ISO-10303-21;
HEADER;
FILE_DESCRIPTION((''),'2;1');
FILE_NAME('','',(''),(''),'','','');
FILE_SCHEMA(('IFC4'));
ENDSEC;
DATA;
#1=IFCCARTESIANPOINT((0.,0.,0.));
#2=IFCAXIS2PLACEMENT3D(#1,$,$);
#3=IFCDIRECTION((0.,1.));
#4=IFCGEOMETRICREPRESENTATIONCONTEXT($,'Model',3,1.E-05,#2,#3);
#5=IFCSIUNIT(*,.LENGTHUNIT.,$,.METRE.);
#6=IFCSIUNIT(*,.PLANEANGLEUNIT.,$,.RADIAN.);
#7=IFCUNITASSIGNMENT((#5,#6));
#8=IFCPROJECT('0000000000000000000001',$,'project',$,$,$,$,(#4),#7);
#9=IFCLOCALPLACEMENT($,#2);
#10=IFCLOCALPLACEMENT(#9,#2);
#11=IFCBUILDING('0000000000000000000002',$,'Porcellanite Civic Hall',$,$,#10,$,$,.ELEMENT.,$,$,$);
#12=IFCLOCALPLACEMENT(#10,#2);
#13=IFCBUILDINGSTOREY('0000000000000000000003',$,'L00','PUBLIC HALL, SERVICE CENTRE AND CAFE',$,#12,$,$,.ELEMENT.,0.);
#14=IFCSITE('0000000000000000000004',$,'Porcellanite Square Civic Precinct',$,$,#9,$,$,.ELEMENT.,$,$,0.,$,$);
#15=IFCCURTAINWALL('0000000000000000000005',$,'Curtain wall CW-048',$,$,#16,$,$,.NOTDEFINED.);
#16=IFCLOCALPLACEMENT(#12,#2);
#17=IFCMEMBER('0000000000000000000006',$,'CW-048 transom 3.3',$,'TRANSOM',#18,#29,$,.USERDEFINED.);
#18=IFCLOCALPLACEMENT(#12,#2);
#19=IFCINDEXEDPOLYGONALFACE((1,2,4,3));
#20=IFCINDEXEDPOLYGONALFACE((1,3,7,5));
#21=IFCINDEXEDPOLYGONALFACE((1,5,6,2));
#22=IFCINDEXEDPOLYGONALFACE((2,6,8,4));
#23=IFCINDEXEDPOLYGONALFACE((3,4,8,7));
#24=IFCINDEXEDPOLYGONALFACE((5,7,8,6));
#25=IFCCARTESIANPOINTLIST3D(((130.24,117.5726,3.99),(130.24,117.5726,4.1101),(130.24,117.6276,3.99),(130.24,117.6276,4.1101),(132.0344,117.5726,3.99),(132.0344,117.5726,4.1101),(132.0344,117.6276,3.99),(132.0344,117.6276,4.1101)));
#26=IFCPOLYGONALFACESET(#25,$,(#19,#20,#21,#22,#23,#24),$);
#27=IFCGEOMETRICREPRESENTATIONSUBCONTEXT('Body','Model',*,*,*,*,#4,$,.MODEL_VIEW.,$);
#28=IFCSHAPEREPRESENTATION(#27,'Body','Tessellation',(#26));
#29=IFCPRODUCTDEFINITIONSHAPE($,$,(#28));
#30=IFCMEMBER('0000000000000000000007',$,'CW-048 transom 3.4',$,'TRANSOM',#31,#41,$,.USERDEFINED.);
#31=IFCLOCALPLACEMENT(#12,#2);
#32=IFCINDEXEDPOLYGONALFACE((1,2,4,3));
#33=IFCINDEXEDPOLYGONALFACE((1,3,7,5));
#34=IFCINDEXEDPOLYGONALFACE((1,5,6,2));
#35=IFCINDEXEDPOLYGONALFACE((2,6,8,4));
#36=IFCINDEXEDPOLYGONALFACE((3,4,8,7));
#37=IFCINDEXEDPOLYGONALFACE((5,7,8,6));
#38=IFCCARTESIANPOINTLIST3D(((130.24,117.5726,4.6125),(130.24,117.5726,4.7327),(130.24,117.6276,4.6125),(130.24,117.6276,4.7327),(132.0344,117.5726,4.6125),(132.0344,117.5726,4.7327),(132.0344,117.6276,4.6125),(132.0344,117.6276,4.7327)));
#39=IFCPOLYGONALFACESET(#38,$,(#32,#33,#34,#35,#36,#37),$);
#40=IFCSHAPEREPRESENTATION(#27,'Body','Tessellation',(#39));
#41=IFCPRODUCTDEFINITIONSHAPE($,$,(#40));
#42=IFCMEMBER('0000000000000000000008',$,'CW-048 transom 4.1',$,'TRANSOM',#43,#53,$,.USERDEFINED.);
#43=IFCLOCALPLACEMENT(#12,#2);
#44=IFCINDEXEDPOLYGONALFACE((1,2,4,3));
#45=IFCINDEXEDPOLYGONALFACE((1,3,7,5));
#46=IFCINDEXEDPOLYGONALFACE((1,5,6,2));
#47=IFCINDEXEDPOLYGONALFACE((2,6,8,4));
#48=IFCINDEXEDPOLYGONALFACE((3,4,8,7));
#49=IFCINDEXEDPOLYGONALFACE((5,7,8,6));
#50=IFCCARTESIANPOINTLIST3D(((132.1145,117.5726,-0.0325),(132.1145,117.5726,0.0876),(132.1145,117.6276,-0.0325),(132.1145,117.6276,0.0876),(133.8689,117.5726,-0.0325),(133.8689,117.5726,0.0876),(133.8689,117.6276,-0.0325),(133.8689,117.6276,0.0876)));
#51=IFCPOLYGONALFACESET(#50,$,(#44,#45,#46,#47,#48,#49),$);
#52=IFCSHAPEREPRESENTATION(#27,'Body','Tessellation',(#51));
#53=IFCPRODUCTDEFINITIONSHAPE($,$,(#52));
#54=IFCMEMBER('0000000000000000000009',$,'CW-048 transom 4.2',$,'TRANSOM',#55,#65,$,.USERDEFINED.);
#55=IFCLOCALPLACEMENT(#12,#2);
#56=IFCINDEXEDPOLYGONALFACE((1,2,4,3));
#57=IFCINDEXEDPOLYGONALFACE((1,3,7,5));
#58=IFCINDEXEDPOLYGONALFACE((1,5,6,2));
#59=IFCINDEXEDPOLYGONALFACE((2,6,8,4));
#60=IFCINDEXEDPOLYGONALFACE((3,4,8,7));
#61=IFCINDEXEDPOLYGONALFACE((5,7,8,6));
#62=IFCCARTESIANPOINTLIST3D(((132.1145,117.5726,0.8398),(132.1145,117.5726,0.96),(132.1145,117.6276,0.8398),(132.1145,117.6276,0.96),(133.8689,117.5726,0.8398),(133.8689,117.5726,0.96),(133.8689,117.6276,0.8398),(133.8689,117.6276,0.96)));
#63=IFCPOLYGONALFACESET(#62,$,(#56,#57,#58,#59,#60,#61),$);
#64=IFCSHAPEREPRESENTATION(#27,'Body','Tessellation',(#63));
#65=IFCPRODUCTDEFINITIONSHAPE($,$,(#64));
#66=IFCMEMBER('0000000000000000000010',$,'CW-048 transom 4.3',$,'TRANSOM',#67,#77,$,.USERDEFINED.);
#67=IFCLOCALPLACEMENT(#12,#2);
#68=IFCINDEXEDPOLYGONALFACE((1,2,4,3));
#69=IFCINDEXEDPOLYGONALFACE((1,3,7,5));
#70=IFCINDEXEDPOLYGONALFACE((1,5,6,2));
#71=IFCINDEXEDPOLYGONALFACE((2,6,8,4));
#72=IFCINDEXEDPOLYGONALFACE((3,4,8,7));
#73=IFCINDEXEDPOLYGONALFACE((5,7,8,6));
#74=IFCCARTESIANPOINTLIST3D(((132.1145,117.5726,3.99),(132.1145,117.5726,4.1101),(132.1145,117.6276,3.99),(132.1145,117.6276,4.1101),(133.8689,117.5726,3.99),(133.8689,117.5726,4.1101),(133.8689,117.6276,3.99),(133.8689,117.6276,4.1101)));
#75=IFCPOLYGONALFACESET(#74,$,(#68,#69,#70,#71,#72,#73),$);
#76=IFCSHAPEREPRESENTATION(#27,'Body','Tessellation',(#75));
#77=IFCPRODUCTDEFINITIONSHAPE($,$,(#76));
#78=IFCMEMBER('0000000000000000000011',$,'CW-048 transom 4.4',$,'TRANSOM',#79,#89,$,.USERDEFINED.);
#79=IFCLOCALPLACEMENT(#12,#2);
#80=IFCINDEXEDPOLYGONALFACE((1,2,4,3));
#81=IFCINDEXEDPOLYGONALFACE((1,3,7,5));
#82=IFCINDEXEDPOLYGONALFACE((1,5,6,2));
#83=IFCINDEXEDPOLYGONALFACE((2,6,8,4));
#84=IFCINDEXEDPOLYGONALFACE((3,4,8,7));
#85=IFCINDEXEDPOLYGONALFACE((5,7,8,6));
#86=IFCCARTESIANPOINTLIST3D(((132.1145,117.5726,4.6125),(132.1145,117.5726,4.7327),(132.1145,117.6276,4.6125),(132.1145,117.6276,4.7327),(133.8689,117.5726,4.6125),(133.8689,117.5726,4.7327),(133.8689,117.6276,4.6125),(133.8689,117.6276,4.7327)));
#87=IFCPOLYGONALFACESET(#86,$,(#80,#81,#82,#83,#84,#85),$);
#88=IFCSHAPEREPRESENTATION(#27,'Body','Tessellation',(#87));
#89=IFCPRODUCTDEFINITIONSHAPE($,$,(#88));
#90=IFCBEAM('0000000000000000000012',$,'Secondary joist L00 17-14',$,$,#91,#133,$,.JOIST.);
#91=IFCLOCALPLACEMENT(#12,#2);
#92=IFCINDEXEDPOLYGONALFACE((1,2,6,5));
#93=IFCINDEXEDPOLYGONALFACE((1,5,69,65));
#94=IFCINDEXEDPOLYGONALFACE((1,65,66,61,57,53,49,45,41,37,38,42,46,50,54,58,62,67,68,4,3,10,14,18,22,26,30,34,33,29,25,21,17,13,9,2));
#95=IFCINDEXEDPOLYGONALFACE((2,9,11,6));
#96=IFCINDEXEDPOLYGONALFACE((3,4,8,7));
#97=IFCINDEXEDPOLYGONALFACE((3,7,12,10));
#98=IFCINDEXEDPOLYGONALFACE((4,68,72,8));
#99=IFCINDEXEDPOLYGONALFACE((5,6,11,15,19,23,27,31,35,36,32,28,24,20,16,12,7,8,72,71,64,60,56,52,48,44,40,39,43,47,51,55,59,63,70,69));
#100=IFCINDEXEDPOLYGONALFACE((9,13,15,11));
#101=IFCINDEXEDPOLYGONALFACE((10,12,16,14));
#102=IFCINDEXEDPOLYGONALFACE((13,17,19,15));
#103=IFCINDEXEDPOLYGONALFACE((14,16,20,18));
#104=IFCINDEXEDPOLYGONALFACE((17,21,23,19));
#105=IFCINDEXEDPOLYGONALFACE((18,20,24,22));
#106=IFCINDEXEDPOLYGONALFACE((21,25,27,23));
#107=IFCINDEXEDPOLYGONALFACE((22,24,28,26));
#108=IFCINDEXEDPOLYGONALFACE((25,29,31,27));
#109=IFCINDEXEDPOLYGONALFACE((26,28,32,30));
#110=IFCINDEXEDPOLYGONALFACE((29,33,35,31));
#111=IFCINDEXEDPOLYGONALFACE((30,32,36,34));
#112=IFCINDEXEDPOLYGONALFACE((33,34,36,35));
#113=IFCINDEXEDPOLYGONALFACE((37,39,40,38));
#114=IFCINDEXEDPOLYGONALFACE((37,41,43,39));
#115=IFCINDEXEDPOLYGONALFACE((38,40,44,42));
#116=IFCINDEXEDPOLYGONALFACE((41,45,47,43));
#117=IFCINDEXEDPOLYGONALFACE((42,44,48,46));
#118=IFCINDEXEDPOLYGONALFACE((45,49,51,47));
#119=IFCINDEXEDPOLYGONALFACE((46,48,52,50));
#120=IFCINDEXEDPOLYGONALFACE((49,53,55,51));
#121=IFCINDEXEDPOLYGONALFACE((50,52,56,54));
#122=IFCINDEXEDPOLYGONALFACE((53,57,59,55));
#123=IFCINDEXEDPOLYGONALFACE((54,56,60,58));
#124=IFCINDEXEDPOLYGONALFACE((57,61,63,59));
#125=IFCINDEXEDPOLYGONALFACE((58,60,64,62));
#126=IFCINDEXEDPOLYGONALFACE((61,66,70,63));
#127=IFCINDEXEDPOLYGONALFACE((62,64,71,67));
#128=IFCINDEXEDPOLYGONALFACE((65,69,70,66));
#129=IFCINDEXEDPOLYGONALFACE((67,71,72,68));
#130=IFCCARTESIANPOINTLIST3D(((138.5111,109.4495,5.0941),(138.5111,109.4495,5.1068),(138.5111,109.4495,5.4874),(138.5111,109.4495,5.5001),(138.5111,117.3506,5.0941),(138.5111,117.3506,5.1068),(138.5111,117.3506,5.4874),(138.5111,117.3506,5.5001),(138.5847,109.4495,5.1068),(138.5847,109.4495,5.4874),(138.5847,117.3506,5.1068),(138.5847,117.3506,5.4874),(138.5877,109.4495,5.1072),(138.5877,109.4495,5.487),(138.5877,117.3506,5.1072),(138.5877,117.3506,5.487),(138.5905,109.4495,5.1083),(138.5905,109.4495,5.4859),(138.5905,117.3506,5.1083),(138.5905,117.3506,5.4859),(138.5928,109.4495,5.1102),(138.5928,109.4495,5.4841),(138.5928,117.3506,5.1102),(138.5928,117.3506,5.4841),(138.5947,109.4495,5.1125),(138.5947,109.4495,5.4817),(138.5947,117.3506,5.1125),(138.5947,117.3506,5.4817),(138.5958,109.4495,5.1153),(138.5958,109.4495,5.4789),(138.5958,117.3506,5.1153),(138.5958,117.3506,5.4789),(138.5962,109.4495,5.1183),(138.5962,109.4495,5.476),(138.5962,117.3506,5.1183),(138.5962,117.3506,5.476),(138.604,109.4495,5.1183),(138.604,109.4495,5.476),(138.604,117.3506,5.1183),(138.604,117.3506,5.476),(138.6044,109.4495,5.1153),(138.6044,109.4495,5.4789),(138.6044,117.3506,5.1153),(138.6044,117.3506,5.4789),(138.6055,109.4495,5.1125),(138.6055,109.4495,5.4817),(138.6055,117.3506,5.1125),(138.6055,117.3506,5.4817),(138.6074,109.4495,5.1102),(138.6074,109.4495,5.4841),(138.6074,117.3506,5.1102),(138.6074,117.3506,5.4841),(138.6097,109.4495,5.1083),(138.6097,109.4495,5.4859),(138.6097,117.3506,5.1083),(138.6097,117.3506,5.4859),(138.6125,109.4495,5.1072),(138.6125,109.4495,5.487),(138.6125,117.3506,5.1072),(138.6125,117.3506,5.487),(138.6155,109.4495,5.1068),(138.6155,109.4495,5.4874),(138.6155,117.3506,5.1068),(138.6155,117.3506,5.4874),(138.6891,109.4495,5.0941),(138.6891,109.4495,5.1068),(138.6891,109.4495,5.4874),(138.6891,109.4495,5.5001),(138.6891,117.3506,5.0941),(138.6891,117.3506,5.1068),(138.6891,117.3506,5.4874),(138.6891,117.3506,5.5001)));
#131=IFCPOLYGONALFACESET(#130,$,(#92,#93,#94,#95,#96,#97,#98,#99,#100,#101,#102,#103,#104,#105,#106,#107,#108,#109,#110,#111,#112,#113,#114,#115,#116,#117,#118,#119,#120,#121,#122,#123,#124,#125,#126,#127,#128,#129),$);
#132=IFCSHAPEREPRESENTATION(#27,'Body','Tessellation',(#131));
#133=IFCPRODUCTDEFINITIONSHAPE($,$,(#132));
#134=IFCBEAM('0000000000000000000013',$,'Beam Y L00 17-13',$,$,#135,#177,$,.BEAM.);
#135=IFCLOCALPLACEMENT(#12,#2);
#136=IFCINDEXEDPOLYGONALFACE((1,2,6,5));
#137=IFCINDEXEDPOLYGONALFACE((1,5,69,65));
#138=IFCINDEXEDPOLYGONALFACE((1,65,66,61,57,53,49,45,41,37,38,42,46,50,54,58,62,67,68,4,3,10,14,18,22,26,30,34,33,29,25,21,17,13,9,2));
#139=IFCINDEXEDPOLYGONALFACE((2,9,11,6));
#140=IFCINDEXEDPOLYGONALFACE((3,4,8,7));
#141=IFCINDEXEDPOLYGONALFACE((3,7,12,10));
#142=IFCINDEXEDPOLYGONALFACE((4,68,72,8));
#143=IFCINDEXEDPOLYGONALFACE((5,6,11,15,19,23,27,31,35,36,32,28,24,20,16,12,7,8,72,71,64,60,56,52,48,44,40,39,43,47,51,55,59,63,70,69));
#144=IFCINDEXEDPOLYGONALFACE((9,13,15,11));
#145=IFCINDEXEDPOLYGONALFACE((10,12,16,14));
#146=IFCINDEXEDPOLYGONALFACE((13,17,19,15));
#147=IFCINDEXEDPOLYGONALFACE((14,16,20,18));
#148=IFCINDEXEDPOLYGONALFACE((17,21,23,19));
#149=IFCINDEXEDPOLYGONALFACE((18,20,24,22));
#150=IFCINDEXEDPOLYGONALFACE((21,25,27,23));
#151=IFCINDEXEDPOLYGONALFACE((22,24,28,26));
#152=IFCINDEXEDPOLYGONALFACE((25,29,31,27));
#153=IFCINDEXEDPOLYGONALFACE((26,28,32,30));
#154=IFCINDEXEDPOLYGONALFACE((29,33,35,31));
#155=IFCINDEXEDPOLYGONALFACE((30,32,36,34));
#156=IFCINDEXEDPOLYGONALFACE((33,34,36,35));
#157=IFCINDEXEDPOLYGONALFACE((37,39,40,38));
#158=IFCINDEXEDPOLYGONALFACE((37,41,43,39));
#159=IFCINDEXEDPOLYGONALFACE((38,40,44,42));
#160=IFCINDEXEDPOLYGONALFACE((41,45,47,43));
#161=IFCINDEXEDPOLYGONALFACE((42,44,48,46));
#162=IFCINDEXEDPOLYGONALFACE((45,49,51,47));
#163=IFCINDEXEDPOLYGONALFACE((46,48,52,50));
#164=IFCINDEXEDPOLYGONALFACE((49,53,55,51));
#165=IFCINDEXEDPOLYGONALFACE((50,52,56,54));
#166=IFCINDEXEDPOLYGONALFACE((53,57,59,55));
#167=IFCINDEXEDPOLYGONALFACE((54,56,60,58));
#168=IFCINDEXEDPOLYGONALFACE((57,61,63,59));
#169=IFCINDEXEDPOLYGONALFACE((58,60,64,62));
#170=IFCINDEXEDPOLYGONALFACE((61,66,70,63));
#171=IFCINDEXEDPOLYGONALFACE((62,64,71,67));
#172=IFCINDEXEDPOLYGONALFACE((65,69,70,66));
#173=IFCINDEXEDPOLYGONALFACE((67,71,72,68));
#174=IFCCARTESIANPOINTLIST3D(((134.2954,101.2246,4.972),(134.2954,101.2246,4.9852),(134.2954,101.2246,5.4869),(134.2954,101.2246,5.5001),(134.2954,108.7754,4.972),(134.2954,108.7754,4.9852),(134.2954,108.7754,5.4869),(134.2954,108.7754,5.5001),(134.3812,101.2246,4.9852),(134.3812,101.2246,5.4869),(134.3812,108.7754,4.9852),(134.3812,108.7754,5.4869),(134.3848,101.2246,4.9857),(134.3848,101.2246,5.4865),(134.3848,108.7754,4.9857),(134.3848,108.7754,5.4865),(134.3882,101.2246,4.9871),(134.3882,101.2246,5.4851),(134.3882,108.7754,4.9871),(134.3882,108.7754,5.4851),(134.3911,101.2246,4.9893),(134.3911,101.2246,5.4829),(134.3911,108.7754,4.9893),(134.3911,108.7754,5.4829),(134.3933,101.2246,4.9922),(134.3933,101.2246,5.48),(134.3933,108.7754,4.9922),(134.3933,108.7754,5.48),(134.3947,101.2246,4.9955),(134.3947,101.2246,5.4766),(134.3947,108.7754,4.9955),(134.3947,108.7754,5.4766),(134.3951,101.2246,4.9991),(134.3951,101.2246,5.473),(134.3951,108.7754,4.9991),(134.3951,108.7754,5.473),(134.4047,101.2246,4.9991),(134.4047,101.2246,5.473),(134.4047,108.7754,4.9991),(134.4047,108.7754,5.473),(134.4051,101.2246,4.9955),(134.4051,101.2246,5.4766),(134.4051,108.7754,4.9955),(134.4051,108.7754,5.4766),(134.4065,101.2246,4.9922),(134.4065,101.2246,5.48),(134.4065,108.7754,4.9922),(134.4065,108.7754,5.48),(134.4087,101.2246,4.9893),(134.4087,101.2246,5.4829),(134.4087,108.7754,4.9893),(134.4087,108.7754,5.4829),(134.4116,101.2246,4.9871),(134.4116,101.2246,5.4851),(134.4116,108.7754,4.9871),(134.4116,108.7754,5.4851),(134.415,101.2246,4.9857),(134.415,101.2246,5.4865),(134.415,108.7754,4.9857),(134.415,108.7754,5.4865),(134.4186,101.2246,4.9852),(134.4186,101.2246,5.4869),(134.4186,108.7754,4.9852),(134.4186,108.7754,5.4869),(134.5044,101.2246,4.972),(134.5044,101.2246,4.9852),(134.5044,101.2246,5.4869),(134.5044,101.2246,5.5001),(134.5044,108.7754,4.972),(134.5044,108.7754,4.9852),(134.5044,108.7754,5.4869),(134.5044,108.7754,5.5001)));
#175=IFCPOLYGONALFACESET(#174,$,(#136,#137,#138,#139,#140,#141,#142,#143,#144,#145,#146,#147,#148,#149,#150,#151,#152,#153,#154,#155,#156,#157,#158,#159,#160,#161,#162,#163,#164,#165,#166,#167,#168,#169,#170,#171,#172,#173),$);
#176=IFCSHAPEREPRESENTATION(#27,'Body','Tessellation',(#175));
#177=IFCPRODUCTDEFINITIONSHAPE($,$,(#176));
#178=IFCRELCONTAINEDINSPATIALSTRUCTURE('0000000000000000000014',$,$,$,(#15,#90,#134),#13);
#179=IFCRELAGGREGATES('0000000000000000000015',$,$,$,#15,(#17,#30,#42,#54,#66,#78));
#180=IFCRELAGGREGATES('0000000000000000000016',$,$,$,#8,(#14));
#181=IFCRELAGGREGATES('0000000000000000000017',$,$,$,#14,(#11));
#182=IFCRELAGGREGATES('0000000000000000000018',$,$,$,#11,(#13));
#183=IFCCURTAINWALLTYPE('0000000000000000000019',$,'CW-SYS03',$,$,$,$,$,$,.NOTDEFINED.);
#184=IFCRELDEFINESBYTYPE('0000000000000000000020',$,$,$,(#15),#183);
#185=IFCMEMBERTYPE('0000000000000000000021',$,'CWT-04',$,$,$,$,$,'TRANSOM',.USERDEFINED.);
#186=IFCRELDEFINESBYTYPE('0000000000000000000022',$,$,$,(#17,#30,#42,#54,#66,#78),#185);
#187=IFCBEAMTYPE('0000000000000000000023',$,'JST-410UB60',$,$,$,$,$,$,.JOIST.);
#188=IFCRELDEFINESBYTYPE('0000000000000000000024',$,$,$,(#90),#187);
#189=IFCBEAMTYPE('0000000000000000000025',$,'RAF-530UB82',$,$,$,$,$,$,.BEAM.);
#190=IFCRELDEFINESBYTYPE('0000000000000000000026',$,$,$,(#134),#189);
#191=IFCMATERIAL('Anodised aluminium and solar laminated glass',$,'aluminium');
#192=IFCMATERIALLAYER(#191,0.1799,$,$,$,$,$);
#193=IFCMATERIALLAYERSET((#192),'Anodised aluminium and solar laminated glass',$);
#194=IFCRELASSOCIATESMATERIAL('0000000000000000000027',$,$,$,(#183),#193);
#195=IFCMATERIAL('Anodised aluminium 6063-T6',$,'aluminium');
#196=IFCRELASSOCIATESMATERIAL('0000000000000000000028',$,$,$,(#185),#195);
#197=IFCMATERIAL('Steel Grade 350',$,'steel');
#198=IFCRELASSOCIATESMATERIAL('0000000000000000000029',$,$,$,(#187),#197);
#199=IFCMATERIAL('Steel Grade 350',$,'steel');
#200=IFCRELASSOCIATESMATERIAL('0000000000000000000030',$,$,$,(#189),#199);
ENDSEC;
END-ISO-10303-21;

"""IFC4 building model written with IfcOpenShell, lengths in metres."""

from ifc_helpers import new_model, si_unit, direction, frame, origin, origin_2d, place, context, subcontext, project, spatial, rectangle, i_section, extrude, material, layer, layer_set, material_profile, profile_set, type_object, element, aggregate, save


model = new_model("IFC4")

# Units and contexts
model_context = context("Model", 3, precision=1e-05, world=origin(), true_north=direction((0.0, 1.0)))
body_context = subcontext(model_context, "Body", "Model", "MODEL_VIEW")
ifc_project = project(units=[si_unit("LENGTHUNIT", "METRE"), si_unit("PLANEANGLEUNIT", "RADIAN")], contexts=[model_context])

# Site, building, storey
site_placement = place(None, origin())
site = spatial("IfcSite", under=ifc_project, at=site_placement, Name="Porcellanite Square Civic Precinct", CompositionType="ELEMENT", RefElevation=0.0)
building_placement = place(site_placement, origin())
building = spatial("IfcBuilding", under=site, at=building_placement, Name="Porcellanite Civic Hall", CompositionType="ELEMENT")
storey_placement = place(building_placement, origin())
storey = spatial("IfcBuildingStorey", under=building, at=storey_placement, Name="L00", Description="PUBLIC HALL, SERVICE CENTRE AND CAFE", CompositionType="ELEMENT", Elevation=0.0)

# Curtain wall, members
ifc_material_1 = material(Name="Anodised aluminium and solar laminated glass", Category="aluminium")
ifc_layer_1 = layer(ifc_material_1, 0.1799)
ifc_layer_set_1 = layer_set([ifc_layer_1], Name="Anodised aluminium and solar laminated glass")
curtain_wall_type = type_object("IfcCurtainWallType", Name="CW-SYS03", PredefinedType="NOTDEFINED", material=ifc_layer_set_1)
curtain_wall_placement = place(storey_placement, origin())
curtain_wall = element("IfcCurtainWall", 1, at=curtain_wall_placement, inside=storey, type_object=curtain_wall_type, Name="Curtain wall CW-048", PredefinedType="NOTDEFINED")
ifc_material_2 = material(Name="Anodised aluminium 6063-T6", Category="aluminium")
ifc_material_profile_1 = material_profile(ifc_material_2, rectangle(XDim=0.0549, YDim=0.1201, at=origin_2d()), Name="AL-55x120")
ifc_profile_set_1 = profile_set([ifc_material_profile_1], Name="Anodised aluminium 6063-T6")
member_type_1 = type_object("IfcMemberType", Name="CWT-04", ElementType="TRANSOM", PredefinedType="USERDEFINED", material=ifc_profile_set_1)
member_1_placement = place(storey_placement, frame((130.24, 117.6001, 4.05), z_axis=(1.0, 0.0, 0.0), x_axis=(0.0, 1.0, 0.0)))
member_1 = element("IfcMember", 2, at=member_1_placement, type_object=member_type_1, Name="CW-048 transom 3.3", ObjectType="TRANSOM", PredefinedType="USERDEFINED", context=body_context, shape_type="SweptSolid", body=[
    extrude(rectangle(XDim=0.0549, YDim=0.1201, at=origin_2d()), origin(), (0.0, 0.0, 1.0), 1.7944),
])
member_2_placement = place(storey_placement, frame((130.24, 117.6001, 4.6726), z_axis=(1.0, 0.0, 0.0), x_axis=(0.0, 1.0, 0.0)))
member_2 = element("IfcMember", 3, at=member_2_placement, type_object=member_type_1, Name="CW-048 transom 3.4", ObjectType="TRANSOM", PredefinedType="USERDEFINED", context=body_context, shape_type="SweptSolid", body=[
    extrude(rectangle(XDim=0.0549, YDim=0.1201, at=origin_2d()), origin(), (0.0, 0.0, 1.0), 1.7944),
])
member_3_placement = place(storey_placement, frame((132.1145, 117.6001, 0.0276), z_axis=(1.0, 0.0, 0.0), x_axis=(0.0, 1.0, 0.0)))
member_3 = element("IfcMember", 4, at=member_3_placement, type_object=member_type_1, Name="CW-048 transom 4.1", ObjectType="TRANSOM", PredefinedType="USERDEFINED", context=body_context, shape_type="SweptSolid", body=[
    extrude(rectangle(XDim=0.0549, YDim=0.1201, at=origin_2d()), origin(), (0.0, 0.0, 1.0), 1.7544),
])
member_4_placement = place(storey_placement, frame((132.1145, 117.6001, 0.8999), z_axis=(1.0, 0.0, 0.0), x_axis=(0.0, 1.0, 0.0)))
member_4 = element("IfcMember", 5, at=member_4_placement, type_object=member_type_1, Name="CW-048 transom 4.2", ObjectType="TRANSOM", PredefinedType="USERDEFINED", context=body_context, shape_type="SweptSolid", body=[
    extrude(rectangle(XDim=0.0549, YDim=0.1201, at=origin_2d()), origin(), (0.0, 0.0, 1.0), 1.7544),
])
member_5_placement = place(storey_placement, frame((132.1145, 117.6001, 4.05), z_axis=(1.0, 0.0, 0.0), x_axis=(0.0, 1.0, 0.0)))
member_5 = element("IfcMember", 6, at=member_5_placement, type_object=member_type_1, Name="CW-048 transom 4.3", ObjectType="TRANSOM", PredefinedType="USERDEFINED", context=body_context, shape_type="SweptSolid", body=[
    extrude(rectangle(XDim=0.0549, YDim=0.1201, at=origin_2d()), origin(), (0.0, 0.0, 1.0), 1.7544),
])
member_6_placement = place(storey_placement, frame((132.1145, 117.6001, 4.6726), z_axis=(1.0, 0.0, 0.0), x_axis=(0.0, 1.0, 0.0)))
member_6 = element("IfcMember", 7, at=member_6_placement, type_object=member_type_1, Name="CW-048 transom 4.4", ObjectType="TRANSOM", PredefinedType="USERDEFINED", context=body_context, shape_type="SweptSolid", body=[
    extrude(rectangle(XDim=0.0549, YDim=0.1201, at=origin_2d()), origin(), (0.0, 0.0, 1.0), 1.7544),
])

# Beams
ifc_material_3 = material(Name="Steel Grade 350", Category="steel")
ifc_material_profile_2 = material_profile(ifc_material_3, i_section(OverallWidth=0.178, OverallDepth=0.406, WebThickness=0.0078, FlangeThickness=0.0127, FilletRadius=0.0115, at=origin_2d()), Name="410UB59.7")
ifc_profile_set_2 = profile_set([ifc_material_profile_2], Name="Steel Grade 350")
beam_type_1 = type_object("IfcBeamType", Name="JST-410UB60", PredefinedType="JOIST", material=ifc_profile_set_2)
beam_1_placement = place(storey_placement, frame((138.6001, 109.4495, 5.2971), z_axis=(0.0, 1.0, 0.0), x_axis=(-1.0, 0.0, 0.0)))
element("IfcBeam", 8, at=beam_1_placement, inside=storey, type_object=beam_type_1, Name="Secondary joist L00 17-14", PredefinedType="JOIST", context=body_context, shape_type="SweptSolid", body=[
    extrude(i_section(OverallWidth=0.178, OverallDepth=0.406, WebThickness=0.0078, FlangeThickness=0.0127, FilletRadius=0.0115, at=origin_2d()), origin(), (0.0, 0.0, 1.0), 7.9011),
])
ifc_material_4 = material(Name="Steel Grade 350", Category="steel")
ifc_material_profile_3 = material_profile(ifc_material_4, i_section(OverallWidth=0.209, OverallDepth=0.5281, WebThickness=0.0095, FlangeThickness=0.0132, FilletRadius=0.0139, at=origin_2d()), Name="530UB82.0")
ifc_profile_set_3 = profile_set([ifc_material_profile_3], Name="Steel Grade 350")
beam_type_2 = type_object("IfcBeamType", Name="RAF-530UB82", PredefinedType="BEAM", material=ifc_profile_set_3)
beam_2_placement = place(storey_placement, frame((134.3999, 101.2246, 5.2361), z_axis=(0.0, 1.0, 0.0), x_axis=(-1.0, 0.0, 0.0)))
element("IfcBeam", 9, at=beam_2_placement, inside=storey, type_object=beam_type_2, Name="Beam Y L00 17-13", PredefinedType="BEAM", context=body_context, shape_type="SweptSolid", body=[
    extrude(i_section(OverallWidth=0.209, OverallDepth=0.5281, WebThickness=0.0095, FlangeThickness=0.0132, FilletRadius=0.0139, at=origin_2d()), origin(), (0.0, 0.0, 1.0), 7.5508),
])

aggregate(curtain_wall, [member_1, member_2, member_3, member_4, member_5, member_6])

save(model, "model.ifc")
